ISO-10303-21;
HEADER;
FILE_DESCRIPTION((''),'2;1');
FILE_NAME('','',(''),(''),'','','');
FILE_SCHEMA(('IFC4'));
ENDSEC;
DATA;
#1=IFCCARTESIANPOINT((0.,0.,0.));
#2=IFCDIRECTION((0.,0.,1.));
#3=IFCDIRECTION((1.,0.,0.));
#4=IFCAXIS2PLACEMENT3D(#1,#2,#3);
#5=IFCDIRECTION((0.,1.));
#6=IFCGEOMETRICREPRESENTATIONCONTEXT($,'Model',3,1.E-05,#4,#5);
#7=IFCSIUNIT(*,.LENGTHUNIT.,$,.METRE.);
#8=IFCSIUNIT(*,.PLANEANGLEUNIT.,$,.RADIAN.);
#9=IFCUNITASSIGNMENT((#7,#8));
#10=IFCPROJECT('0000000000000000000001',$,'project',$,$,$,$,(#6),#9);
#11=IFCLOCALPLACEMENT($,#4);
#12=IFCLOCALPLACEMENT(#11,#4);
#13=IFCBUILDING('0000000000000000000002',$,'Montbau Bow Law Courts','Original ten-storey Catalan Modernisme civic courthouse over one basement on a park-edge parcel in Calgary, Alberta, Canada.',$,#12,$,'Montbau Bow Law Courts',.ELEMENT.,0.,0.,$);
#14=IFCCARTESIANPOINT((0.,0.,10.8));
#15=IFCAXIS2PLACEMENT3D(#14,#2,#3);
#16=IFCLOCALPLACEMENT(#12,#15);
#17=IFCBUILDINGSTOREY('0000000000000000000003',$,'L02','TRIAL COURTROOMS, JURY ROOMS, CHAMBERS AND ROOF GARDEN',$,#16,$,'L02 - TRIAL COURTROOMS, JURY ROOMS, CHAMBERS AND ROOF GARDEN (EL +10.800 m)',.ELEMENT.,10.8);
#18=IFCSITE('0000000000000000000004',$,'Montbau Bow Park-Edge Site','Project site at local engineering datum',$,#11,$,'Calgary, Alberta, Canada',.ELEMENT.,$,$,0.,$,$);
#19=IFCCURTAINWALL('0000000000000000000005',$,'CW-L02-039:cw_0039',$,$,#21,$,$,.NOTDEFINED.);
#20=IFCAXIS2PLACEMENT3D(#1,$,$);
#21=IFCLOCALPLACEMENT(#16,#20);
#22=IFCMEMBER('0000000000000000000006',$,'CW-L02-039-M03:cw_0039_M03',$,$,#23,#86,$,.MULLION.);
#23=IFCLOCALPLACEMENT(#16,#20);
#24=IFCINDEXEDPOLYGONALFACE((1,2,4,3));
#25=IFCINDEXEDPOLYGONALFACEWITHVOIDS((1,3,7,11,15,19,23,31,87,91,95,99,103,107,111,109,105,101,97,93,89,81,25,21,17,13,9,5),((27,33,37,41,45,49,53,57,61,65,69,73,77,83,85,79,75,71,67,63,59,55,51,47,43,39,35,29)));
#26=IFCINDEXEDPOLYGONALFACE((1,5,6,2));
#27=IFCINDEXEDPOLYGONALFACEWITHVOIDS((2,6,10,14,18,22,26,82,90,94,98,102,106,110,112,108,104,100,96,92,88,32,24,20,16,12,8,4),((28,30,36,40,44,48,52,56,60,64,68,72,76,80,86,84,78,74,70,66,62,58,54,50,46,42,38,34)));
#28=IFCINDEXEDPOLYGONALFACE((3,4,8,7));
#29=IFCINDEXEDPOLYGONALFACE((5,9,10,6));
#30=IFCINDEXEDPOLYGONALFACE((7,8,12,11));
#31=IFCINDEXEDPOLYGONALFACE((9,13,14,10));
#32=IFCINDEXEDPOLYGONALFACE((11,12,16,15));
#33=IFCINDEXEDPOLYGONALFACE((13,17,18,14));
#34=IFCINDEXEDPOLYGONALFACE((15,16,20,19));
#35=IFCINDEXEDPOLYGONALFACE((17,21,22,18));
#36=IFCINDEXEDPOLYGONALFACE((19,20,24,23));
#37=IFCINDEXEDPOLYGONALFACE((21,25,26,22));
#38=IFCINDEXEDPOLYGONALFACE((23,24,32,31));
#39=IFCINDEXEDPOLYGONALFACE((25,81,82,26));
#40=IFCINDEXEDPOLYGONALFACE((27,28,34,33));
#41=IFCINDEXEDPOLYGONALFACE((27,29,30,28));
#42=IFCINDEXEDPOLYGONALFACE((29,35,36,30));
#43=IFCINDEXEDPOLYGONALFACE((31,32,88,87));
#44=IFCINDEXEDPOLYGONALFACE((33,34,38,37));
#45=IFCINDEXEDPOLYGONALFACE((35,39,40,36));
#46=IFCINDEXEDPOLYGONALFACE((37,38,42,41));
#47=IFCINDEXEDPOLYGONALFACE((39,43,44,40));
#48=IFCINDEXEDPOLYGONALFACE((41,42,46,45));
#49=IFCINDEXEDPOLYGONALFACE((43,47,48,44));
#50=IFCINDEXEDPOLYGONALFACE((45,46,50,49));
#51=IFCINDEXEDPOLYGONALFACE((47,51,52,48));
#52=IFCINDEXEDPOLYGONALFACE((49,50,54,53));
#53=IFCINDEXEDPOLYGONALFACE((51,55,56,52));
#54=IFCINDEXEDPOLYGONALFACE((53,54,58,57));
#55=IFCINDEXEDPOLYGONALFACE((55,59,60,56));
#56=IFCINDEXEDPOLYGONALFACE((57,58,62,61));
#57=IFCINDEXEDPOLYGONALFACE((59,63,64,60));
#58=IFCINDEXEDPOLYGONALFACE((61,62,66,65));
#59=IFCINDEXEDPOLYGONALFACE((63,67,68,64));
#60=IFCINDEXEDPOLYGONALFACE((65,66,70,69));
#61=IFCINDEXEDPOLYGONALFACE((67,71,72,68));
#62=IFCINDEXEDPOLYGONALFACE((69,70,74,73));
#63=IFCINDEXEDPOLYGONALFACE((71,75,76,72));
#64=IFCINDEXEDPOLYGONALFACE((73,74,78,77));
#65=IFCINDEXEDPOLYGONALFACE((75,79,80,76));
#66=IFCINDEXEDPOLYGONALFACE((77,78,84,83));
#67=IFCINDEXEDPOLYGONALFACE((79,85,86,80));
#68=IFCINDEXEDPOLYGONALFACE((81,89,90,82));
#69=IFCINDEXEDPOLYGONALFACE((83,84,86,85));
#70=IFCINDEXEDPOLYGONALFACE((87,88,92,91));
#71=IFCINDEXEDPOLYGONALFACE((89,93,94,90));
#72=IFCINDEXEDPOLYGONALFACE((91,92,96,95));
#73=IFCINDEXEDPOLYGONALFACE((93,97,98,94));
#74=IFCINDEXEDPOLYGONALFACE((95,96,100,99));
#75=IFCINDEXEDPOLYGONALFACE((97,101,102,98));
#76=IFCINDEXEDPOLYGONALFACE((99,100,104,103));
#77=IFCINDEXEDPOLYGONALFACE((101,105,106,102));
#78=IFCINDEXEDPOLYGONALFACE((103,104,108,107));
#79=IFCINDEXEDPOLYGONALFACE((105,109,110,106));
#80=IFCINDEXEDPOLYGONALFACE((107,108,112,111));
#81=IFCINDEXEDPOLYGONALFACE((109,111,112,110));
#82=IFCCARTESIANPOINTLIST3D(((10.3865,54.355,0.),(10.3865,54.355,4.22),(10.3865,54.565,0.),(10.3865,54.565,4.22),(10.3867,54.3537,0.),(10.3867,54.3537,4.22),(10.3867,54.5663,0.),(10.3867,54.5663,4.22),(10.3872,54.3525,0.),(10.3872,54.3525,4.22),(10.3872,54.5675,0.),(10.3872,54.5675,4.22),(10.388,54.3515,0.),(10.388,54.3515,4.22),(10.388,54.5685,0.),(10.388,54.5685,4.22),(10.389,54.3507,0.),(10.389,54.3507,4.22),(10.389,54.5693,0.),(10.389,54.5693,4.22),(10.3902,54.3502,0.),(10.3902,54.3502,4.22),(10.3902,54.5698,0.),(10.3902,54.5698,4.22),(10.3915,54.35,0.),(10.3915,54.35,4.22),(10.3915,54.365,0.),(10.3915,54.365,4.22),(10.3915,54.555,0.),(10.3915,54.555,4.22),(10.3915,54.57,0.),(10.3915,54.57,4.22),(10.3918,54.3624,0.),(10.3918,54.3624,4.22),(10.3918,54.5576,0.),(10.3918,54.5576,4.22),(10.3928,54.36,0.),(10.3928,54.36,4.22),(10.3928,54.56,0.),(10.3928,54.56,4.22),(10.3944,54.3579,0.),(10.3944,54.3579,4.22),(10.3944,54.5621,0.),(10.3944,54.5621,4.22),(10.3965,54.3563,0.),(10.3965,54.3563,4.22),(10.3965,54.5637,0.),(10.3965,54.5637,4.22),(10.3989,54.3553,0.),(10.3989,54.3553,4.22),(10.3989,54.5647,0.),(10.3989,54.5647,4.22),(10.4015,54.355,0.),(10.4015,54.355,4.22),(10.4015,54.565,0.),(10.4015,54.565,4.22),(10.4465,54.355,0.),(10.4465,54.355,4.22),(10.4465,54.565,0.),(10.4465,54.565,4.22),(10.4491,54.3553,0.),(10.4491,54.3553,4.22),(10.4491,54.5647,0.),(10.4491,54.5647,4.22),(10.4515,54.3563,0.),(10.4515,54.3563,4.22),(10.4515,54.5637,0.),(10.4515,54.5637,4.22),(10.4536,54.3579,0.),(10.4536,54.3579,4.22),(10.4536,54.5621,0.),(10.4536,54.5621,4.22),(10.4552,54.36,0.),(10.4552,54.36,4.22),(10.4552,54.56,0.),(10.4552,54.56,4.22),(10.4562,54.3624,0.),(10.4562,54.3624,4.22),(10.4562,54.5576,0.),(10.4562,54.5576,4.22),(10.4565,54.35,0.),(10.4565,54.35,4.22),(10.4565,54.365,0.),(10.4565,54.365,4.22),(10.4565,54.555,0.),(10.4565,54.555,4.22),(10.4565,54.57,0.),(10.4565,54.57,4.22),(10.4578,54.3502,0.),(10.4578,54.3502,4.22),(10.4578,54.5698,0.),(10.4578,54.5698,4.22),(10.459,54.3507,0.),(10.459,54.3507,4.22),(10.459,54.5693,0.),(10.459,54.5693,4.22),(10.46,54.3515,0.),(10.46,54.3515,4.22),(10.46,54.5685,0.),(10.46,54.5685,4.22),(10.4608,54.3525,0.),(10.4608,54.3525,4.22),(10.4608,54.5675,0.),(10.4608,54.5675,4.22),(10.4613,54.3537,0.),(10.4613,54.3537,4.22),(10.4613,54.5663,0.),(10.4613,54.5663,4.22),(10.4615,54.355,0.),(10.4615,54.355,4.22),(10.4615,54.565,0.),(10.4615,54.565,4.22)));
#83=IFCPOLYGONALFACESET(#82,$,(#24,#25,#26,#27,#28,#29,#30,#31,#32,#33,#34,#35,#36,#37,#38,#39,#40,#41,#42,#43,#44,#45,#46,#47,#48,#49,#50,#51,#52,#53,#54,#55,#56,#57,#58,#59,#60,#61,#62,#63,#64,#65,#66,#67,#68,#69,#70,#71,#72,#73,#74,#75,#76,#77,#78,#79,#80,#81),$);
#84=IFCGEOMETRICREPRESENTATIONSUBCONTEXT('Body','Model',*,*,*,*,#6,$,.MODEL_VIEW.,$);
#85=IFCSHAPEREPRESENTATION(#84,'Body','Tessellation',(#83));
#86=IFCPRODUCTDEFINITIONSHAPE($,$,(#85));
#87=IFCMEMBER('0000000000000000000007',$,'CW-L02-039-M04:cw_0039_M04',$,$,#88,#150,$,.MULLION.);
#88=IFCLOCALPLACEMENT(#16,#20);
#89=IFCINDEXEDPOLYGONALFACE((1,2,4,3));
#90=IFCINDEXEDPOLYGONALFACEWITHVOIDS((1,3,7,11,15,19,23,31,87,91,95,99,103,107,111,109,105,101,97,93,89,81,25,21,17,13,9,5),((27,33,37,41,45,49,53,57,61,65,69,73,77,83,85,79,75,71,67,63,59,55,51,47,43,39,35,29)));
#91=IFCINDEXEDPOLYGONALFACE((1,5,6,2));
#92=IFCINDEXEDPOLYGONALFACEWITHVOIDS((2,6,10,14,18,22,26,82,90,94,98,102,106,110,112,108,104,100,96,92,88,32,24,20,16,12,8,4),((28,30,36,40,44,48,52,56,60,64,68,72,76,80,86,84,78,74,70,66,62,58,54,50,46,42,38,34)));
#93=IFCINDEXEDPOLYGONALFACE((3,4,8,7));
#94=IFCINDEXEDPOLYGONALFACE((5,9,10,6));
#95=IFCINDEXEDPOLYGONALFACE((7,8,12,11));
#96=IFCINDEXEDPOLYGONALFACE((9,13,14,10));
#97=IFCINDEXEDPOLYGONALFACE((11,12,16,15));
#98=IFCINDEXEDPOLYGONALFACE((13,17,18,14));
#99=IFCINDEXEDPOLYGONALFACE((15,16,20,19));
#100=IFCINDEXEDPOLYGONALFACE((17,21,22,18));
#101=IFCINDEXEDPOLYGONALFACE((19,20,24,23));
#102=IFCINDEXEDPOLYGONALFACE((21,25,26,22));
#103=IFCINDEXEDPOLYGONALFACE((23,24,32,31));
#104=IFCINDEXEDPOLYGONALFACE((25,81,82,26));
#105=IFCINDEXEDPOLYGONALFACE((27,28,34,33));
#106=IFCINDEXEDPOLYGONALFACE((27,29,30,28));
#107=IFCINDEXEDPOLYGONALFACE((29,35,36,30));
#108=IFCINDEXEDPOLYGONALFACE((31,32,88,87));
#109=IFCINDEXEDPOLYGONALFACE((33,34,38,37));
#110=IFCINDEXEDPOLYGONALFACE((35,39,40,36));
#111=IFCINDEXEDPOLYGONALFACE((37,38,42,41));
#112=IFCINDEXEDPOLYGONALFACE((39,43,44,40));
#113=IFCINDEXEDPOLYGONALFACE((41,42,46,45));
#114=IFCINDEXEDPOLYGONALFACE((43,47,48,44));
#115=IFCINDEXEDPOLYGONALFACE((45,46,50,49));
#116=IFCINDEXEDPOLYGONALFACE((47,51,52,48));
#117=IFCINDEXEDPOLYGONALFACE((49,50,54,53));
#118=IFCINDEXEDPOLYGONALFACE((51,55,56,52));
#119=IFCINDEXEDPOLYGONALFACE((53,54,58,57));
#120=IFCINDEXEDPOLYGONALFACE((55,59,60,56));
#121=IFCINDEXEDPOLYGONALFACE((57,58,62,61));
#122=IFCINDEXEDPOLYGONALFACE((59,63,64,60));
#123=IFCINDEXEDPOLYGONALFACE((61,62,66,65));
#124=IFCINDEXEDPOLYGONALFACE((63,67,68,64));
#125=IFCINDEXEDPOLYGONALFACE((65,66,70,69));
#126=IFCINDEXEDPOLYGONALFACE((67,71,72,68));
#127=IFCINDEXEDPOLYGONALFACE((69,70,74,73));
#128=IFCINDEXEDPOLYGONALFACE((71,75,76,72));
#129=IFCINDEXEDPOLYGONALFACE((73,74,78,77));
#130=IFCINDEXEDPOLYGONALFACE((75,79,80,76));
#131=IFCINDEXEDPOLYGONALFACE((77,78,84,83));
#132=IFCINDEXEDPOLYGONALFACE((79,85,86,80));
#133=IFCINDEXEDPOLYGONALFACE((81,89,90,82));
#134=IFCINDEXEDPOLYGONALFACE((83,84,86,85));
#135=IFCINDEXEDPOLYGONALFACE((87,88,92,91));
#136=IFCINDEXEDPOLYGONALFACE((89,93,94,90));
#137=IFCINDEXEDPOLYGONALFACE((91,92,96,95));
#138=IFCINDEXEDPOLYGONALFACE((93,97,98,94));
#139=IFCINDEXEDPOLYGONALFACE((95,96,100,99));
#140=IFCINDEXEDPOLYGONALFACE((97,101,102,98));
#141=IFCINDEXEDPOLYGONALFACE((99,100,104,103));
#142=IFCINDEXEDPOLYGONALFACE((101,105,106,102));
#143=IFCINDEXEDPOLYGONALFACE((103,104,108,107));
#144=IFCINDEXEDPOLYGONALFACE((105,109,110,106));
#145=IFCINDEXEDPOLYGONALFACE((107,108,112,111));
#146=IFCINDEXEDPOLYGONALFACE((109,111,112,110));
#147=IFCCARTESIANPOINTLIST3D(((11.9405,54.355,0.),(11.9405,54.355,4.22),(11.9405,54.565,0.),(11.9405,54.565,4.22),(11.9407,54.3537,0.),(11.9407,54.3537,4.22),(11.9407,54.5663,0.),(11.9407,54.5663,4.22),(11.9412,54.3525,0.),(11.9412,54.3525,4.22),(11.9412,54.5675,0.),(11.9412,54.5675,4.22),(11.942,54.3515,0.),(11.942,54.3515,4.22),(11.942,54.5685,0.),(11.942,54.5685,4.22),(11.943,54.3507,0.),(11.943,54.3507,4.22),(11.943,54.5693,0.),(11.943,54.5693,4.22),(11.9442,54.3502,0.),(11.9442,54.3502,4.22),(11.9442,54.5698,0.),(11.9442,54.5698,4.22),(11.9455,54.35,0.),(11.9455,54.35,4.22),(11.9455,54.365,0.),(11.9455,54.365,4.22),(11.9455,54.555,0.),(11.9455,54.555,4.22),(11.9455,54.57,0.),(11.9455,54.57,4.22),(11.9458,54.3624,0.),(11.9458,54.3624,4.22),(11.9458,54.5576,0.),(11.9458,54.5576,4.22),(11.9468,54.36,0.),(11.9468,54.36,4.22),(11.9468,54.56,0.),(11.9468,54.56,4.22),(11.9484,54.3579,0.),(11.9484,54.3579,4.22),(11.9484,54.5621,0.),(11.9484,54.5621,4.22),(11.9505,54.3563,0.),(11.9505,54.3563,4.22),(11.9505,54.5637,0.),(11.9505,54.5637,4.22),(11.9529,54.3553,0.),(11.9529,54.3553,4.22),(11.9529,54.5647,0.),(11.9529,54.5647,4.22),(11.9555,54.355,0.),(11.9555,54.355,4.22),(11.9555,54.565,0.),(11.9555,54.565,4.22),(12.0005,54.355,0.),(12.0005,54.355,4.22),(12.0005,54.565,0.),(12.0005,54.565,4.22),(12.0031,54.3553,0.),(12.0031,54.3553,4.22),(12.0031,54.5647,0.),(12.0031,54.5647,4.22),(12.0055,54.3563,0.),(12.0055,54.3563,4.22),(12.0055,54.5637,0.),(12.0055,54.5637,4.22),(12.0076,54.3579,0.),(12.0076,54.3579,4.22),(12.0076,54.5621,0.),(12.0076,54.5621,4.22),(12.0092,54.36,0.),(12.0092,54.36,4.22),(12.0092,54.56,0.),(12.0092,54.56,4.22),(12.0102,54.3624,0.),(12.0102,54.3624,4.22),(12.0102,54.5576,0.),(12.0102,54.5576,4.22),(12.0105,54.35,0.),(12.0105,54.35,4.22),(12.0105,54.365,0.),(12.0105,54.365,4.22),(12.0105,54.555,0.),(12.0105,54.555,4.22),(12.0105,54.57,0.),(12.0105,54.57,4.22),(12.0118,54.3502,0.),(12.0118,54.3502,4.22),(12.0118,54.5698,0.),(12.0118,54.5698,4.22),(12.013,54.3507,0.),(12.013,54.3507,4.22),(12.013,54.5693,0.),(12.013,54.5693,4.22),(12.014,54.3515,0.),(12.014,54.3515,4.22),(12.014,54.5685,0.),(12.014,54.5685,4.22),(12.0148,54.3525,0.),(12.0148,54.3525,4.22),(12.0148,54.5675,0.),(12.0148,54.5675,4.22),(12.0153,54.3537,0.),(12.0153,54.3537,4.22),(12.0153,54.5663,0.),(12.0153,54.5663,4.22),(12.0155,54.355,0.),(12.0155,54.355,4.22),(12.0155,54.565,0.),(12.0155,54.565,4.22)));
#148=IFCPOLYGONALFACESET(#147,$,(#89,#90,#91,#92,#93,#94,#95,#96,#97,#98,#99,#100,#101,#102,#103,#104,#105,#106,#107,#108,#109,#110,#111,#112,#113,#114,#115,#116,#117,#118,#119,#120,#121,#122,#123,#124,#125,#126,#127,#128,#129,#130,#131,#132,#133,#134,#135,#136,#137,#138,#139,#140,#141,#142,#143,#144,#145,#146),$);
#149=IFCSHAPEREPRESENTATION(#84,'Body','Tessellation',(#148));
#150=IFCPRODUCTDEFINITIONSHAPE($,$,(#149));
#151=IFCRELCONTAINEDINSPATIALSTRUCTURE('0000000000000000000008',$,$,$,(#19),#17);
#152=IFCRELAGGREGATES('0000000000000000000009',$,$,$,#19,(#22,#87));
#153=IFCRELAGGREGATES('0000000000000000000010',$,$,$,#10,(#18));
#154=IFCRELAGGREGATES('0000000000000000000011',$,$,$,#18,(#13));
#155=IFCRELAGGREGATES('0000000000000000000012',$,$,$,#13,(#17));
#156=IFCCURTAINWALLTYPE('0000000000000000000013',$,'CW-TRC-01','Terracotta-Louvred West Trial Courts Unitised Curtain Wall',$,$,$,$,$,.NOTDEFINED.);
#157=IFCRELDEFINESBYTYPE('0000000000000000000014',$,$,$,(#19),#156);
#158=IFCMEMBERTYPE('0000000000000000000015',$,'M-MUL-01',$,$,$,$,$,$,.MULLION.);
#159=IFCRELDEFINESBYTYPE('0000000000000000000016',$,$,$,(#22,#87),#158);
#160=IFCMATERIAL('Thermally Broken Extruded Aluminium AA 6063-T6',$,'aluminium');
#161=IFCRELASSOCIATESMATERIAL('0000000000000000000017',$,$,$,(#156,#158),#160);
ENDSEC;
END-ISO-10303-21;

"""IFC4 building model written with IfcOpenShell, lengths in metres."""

from ifc_helpers import new_model, si_unit, direction, frame, origin_with_axes, origin_2d_with_axis, place, context, subcontext, project, spatial, hollow_rectangle, extrude, material, material_profile, profile_set, type_object, element, aggregate, save


model = new_model("IFC4")

# Units and contexts
model_context = context("Model", 3, precision=1e-05, world=origin_with_axes(), true_north=direction((0.0, 1.0)))
body_context = subcontext(model_context, "Body", "Model", "MODEL_VIEW")
ifc_project = project(units=[si_unit("LENGTHUNIT", "METRE"), si_unit("PLANEANGLEUNIT", "RADIAN")], contexts=[model_context])

# Site, building, storey
site_placement = place(None, origin_with_axes())
site = spatial("IfcSite", under=ifc_project, at=site_placement, Name="Montbau Bow Park-Edge Site", Description="Project site at local engineering datum", LongName="Calgary, Alberta, Canada", CompositionType="ELEMENT", RefElevation=0.0)
building_placement = place(site_placement, origin_with_axes())
building = spatial("IfcBuilding", under=site, at=building_placement, Name="Montbau Bow Law Courts", Description="Original ten-storey Catalan Modernisme civic courthouse over one basement on a park-edge parcel in Calgary, Alberta, Canada.", LongName="Montbau Bow Law Courts", CompositionType="ELEMENT", ElevationOfRefHeight=0.0, ElevationOfTerrain=0.0)
storey_placement = place(building_placement, frame((0.0, 0.0, 10.8), z_axis=(0.0, 0.0, 1.0), x_axis=(1.0, 0.0, 0.0)))
storey = spatial("IfcBuildingStorey", under=building, at=storey_placement, Name="L02", Description="TRIAL COURTROOMS, JURY ROOMS, CHAMBERS AND ROOF GARDEN", LongName="L02 - TRIAL COURTROOMS, JURY ROOMS, CHAMBERS AND ROOF GARDEN (EL +10.800 m)", CompositionType="ELEMENT", Elevation=10.8)

# Curtain wall, members
ifc_material_1 = material(Name="Thermally Broken Extruded Aluminium AA 6063-T6", Category="aluminium")
curtain_wall_type = type_object("IfcCurtainWallType", Name="CW-TRC-01", Description="Terracotta-Louvred West Trial Courts Unitised Curtain Wall", PredefinedType="NOTDEFINED", material=ifc_material_1)
curtain_wall_1_placement = place(None, frame((7.315, 54.46, 10.8), z_axis=(0.0, 0.0, 1.0), x_axis=(1.0, 0.0, 0.0)))
curtain_wall_1 = element("IfcCurtainWall", 1, at=curtain_wall_1_placement, inside=storey, type_object=curtain_wall_type, Name="CW-L02-039:cw_0039", PredefinedType="NOTDEFINED")
ifc_material_profile_1 = material_profile(ifc_material_1, hollow_rectangle(XDim=0.075, YDim=0.22, WallThickness=0.005, InnerFilletRadius=0.01, OuterFilletRadius=0.005, at=origin_2d_with_axis()), Name="CWM-220X75", Category="Main", Priority=0)
ifc_profile_set_1 = profile_set([ifc_material_profile_1], Name="Thermally Broken Extruded Aluminium AA 6063-T6")
member_type_1 = type_object("IfcMemberType", Name="M-MUL-01", PredefinedType="MULLION", material=ifc_profile_set_1)
member_1_placement = place(None, frame((10.424, 54.46, 10.8), z_axis=(0.0, 0.0, 1.0), x_axis=(1.0, 0.0, 0.0)))
member_1 = element("IfcMember", 2, at=member_1_placement, type_object=member_type_1, Name="CW-L02-039-M03:cw_0039_M03", PredefinedType="MULLION", context=body_context, shape_type="SweptSolid", body=[
    extrude(hollow_rectangle(XDim=0.075, YDim=0.22, WallThickness=0.005, InnerFilletRadius=0.01, OuterFilletRadius=0.005, at=origin_2d_with_axis()), origin_with_axes(), (0.0, 0.0, 1.0), 4.22),
])
member_2_placement = place(None, frame((11.978, 54.46, 10.8), z_axis=(0.0, 0.0, 1.0), x_axis=(1.0, 0.0, 0.0)))
member_2 = element("IfcMember", 3, at=member_2_placement, type_object=member_type_1, Name="CW-L02-039-M04:cw_0039_M04", PredefinedType="MULLION", context=body_context, shape_type="SweptSolid", body=[
    extrude(hollow_rectangle(XDim=0.075, YDim=0.22, WallThickness=0.005, InnerFilletRadius=0.01, OuterFilletRadius=0.005, at=origin_2d_with_axis()), origin_with_axes(), (0.0, 0.0, 1.0), 4.22),
])

aggregate(curtain_wall_1, [member_1, member_2])

save(model, "model.ifc")
